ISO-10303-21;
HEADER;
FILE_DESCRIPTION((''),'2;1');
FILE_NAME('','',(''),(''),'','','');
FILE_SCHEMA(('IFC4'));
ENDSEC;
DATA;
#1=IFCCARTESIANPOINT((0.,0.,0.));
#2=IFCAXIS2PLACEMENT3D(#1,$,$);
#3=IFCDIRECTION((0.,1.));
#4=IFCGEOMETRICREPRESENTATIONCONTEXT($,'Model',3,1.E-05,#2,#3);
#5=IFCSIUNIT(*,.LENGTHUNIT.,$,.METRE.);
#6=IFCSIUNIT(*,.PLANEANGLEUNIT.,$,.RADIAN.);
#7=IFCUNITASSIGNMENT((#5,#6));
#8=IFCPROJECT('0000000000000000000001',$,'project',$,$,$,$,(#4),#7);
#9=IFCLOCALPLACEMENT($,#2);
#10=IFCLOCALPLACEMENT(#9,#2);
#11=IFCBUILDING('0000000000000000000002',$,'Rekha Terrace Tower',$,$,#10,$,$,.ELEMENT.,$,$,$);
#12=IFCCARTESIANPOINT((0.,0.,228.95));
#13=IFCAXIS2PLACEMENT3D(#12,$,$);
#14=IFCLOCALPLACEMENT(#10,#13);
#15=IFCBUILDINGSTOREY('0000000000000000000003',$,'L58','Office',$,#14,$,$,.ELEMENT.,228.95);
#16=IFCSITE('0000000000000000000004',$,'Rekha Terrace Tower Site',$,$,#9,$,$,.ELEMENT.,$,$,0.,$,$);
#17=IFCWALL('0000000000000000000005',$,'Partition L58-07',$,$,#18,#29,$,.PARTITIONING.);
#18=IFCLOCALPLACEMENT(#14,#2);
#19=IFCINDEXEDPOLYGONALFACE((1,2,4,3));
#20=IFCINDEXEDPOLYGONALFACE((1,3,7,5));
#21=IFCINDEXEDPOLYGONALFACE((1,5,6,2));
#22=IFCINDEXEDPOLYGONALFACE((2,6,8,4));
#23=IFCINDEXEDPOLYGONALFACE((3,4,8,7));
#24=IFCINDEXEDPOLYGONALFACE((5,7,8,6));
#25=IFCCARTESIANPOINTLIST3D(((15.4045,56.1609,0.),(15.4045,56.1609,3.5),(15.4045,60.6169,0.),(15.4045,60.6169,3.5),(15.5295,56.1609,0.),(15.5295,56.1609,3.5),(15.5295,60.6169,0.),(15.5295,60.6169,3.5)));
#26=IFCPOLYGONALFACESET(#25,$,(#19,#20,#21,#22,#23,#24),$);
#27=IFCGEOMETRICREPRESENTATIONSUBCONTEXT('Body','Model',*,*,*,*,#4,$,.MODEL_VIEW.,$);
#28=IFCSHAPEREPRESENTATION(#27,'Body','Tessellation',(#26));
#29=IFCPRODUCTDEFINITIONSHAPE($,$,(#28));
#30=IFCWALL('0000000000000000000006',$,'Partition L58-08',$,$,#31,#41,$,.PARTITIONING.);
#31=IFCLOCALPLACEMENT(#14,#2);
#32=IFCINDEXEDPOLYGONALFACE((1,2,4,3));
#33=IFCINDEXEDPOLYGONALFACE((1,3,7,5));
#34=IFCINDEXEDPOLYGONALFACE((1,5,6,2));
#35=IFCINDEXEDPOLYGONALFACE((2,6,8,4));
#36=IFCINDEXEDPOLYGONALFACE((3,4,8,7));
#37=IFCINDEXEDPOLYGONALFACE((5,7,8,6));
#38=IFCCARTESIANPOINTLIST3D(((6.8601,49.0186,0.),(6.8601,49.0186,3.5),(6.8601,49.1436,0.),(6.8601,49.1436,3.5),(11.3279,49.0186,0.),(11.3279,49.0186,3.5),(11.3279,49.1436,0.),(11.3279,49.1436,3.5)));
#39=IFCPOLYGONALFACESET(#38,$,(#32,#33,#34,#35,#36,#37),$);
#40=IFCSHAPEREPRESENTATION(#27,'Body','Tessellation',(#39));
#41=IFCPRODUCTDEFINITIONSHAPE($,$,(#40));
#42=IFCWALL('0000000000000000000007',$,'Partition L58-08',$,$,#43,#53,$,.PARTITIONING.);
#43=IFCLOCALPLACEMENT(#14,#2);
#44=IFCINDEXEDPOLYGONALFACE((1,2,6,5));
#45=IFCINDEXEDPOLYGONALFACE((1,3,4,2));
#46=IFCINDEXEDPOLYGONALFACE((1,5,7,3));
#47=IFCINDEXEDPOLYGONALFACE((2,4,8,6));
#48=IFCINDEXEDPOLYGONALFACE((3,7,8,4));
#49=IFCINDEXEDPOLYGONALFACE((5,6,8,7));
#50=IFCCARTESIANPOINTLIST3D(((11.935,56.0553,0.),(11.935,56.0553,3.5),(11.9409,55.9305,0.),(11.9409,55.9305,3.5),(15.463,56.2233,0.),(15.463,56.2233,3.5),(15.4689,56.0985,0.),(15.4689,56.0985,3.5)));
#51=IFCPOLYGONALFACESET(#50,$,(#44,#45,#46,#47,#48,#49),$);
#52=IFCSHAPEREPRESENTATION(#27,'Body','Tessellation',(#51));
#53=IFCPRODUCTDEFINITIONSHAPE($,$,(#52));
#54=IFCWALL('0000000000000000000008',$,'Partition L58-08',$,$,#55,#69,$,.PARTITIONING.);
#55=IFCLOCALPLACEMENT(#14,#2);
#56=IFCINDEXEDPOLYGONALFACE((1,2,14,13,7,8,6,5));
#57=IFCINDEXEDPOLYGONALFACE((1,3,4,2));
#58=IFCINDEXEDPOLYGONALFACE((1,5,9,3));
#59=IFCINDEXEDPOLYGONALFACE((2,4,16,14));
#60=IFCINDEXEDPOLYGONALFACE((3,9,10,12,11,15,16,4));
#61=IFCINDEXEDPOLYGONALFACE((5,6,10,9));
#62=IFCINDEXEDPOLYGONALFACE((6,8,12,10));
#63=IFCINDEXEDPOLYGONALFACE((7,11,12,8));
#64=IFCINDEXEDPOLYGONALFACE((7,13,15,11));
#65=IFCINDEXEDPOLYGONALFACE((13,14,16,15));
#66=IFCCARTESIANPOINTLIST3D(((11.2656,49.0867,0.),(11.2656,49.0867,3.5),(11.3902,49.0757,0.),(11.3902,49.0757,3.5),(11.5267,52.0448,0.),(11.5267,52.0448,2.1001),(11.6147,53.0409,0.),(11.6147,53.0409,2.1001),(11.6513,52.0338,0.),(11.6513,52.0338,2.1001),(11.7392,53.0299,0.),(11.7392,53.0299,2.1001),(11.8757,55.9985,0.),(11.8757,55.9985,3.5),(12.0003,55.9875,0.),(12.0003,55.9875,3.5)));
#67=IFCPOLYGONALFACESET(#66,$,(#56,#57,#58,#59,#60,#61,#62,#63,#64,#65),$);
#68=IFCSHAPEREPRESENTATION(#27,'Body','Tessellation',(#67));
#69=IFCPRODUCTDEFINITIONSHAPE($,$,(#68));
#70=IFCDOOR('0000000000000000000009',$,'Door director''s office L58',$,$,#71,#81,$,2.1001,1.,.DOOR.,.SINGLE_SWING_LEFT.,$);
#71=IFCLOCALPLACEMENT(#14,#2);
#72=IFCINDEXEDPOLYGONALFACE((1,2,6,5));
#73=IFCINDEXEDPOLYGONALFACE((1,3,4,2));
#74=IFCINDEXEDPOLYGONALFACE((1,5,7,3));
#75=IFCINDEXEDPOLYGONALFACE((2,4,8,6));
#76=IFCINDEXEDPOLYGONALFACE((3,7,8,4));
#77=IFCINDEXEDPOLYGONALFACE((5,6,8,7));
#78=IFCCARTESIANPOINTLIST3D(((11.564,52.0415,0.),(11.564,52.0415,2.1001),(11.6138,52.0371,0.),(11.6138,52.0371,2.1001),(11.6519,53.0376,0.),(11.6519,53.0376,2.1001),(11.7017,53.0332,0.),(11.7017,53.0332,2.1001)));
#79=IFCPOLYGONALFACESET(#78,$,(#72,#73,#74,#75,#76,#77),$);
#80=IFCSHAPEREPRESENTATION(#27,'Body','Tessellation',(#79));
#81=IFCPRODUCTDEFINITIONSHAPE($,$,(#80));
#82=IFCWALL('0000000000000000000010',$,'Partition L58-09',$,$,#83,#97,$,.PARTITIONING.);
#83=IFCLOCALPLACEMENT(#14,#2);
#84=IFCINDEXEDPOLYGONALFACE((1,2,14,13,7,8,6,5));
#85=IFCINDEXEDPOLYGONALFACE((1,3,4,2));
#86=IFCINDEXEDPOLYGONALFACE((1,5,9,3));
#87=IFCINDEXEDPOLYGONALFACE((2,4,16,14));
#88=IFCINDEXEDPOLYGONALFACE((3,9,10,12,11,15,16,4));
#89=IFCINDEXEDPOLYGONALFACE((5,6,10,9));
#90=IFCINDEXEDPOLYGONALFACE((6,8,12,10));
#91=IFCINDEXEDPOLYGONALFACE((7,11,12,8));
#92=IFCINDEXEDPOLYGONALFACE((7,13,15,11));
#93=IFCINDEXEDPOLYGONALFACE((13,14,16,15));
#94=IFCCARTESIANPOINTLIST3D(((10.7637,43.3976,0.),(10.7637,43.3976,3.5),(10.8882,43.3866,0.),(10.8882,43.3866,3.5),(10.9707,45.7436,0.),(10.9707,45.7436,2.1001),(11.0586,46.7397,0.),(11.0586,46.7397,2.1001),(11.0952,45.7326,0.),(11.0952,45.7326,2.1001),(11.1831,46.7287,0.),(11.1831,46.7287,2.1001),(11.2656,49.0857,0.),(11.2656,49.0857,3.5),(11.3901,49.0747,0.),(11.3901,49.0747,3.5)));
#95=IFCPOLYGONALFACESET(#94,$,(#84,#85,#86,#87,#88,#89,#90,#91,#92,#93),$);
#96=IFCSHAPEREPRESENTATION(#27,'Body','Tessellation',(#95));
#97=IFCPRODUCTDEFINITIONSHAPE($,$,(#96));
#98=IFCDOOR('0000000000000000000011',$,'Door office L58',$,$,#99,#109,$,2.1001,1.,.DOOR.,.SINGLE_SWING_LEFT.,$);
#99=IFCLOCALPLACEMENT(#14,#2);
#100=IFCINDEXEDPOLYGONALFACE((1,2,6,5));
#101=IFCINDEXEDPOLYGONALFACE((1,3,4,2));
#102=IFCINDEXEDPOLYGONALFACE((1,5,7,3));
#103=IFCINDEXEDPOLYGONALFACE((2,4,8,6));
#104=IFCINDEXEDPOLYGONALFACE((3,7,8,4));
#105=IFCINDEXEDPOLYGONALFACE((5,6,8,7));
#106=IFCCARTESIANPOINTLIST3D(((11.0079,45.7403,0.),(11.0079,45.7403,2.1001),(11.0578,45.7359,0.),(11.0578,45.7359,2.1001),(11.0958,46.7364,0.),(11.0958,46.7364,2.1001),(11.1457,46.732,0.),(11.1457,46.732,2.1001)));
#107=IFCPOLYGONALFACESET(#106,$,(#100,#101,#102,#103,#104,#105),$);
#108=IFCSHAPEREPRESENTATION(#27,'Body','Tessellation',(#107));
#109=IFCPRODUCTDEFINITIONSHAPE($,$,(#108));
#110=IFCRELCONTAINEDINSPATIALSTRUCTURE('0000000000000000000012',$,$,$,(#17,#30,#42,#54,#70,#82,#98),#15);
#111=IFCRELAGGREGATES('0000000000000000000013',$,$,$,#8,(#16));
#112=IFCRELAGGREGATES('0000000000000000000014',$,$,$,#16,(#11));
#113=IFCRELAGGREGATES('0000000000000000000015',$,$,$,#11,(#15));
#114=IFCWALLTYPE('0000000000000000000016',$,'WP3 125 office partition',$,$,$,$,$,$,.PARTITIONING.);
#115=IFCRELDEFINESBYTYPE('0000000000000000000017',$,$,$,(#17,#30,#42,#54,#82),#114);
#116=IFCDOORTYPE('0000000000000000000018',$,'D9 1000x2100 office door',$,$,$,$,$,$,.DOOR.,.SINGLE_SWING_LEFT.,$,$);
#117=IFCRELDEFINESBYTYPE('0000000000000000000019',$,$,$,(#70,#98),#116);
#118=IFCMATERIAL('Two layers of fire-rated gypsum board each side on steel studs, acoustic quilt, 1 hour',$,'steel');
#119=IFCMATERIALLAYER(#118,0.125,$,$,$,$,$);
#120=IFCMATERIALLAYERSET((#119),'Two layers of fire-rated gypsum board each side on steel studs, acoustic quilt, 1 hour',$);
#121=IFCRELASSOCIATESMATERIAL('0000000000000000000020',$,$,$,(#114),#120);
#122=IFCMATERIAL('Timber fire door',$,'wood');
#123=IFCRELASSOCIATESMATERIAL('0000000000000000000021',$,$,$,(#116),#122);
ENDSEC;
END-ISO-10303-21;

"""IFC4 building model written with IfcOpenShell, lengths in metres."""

from ifc_helpers import new_model, si_unit, direction, frame, frame_2d, origin, place, context, subcontext, project, spatial, rectangle, extrude, material, layer, layer_set, type_object, element, fill, save


model = new_model("IFC4")

# Units and contexts
model_context = context("Model", 3, precision=1e-05, world=origin(), true_north=direction((0.0, 1.0)))
body_context = subcontext(model_context, "Body", "Model", "MODEL_VIEW")
ifc_project = project(units=[si_unit("LENGTHUNIT", "METRE"), si_unit("PLANEANGLEUNIT", "RADIAN")], contexts=[model_context])

# Site, building, storey
site_placement = place(None, origin())
site = spatial("IfcSite", under=ifc_project, at=site_placement, Name="Rekha Terrace Tower Site", CompositionType="ELEMENT", RefElevation=0.0)
building_placement = place(site_placement, origin())
building = spatial("IfcBuilding", under=site, at=building_placement, Name="Rekha Terrace Tower", CompositionType="ELEMENT")
storey_placement = place(building_placement, frame((0.0, 0.0, 228.95)))
storey = spatial("IfcBuildingStorey", under=building, at=storey_placement, Name="L58", Description="Office", CompositionType="ELEMENT", Elevation=228.95)

# Walls
ifc_material_1 = material(Name="Two layers of fire-rated gypsum board each side on steel studs, acoustic quilt, 1 hour", Category="steel")
ifc_layer_1 = layer(ifc_material_1, 0.125)
ifc_layer_set_1 = layer_set([ifc_layer_1], Name="Two layers of fire-rated gypsum board each side on steel studs, acoustic quilt, 1 hour")
wall_type = type_object("IfcWallType", Name="WP3 125 office partition", PredefinedType="PARTITIONING", material=ifc_layer_set_1)
wall_1_placement = place(storey_placement, frame((15.467, 56.1609, 0.0), z_axis=(0.0, 0.0, 1.0), x_axis=(0.0, 1.0, 0.0)))
element("IfcWall", 1, at=wall_1_placement, inside=storey, type_object=wall_type, Name="Partition L58-07", PredefinedType="PARTITIONING", context=body_context, shape_type="SweptSolid", body=[
    extrude(rectangle(XDim=4.4561, YDim=0.125, at=frame_2d((2.228, 0.0))), origin(), (0.0, 0.0, 1.0), 3.5),
])
wall_2_placement = place(storey_placement, frame((11.3279, 49.0811, 0.0), z_axis=(0.0, 0.0, 1.0), x_axis=(-1.0, 0.0, 0.0)))
element("IfcWall", 2, at=wall_2_placement, inside=storey, type_object=wall_type, Name="Partition L58-08", PredefinedType="PARTITIONING", context=body_context, shape_type="SweptSolid", body=[
    extrude(rectangle(XDim=4.4678, YDim=0.125, at=frame_2d((2.2339, 0.0))), origin(), (0.0, 0.0, 1.0), 3.5),
])
wall_3_placement = place(storey_placement, frame((15.4661, 56.1609, 0.0), z_axis=(0.0, 0.0, 1.0), x_axis=(-0.998869, -0.047555, 0.0)))
element("IfcWall", 3, at=wall_3_placement, inside=storey, type_object=wall_type, Name="Partition L58-08", PredefinedType="PARTITIONING", context=body_context, shape_type="SweptSolid", body=[
    extrude(rectangle(XDim=3.532, YDim=0.125, at=frame_2d((1.7661, 0.0))), origin(), (0.0, 0.0, 1.0), 3.5),
])

# Walls, openings, doors
wall_4_placement = place(storey_placement, frame((11.938, 55.9929, 0.0), z_axis=(0.0, 0.0, 1.0), x_axis=(-0.087928, -0.996127, 0.0)))
wall_4 = element("IfcWall", 4, at=wall_4_placement, inside=storey, type_object=wall_type, Name="Partition L58-08", PredefinedType="PARTITIONING", context=body_context, shape_type="SweptSolid", body=[
    extrude(rectangle(XDim=6.9387, YDim=0.125, at=frame_2d((3.4692, 0.0))), origin(), (0.0, 0.0, 1.0), 3.5),
])
opening_1_placement = place(wall_4_placement, frame((2.969, 0.0, 0.0)))
opening_1 = element("IfcOpeningElement", 5, at=opening_1_placement, cuts=wall_4, PredefinedType="OPENING", context=body_context, shape_type="SweptSolid", body=[
    extrude(rectangle(XDim=1.0, YDim=2.1001, at=frame_2d((0.5, 1.05))), frame((0.0, 0.0725, 0.0), z_axis=(0.0, -1.0, 0.0), x_axis=(1.0, 0.0, 0.0)), (0.0, 0.0, 1.0), 0.145),
])
ifc_material_2 = material(Name="Timber fire door", Category="wood")
door_type = type_object("IfcDoorType", Name="D9 1000x2100 office door", OperationType="SINGLE_SWING_LEFT", PredefinedType="DOOR", material=ifc_material_2)
door_1_placement = place(opening_1_placement, origin())
door_1 = element("IfcDoor", 6, at=door_1_placement, inside=storey, type_object=door_type, Name="Door director's office L58", OperationType="SINGLE_SWING_LEFT", OverallHeight=2.1001, OverallWidth=1.0, PredefinedType="DOOR", context=body_context, shape_type="SweptSolid", body=[
    extrude(rectangle(XDim=1.0, YDim=2.1001, at=frame_2d((0.5, 1.05))), frame((0.0, 0.0249, 0.0), z_axis=(0.0, -1.0, 0.0), x_axis=(1.0, 0.0, 0.0)), (0.0, 0.0, 1.0), 0.05),
])
fill(opening_1, door_1)
wall_5_placement = place(storey_placement, frame((11.3279, 49.0801, 0.0), z_axis=(0.0, 0.0, 1.0), x_axis=(-0.087906, -0.996129, 0.0)))
wall_5 = element("IfcWall", 7, at=wall_5_placement, inside=storey, type_object=wall_type, Name="Partition L58-09", PredefinedType="PARTITIONING", context=body_context, shape_type="SweptSolid", body=[
    extrude(rectangle(XDim=5.7102, YDim=0.125, at=frame_2d((2.855, 0.0))), origin(), (0.0, 0.0, 1.0), 3.5),
])
opening_2_placement = place(wall_5_placement, frame((2.355, 0.0, 0.0)))
opening_2 = element("IfcOpeningElement", 8, at=opening_2_placement, cuts=wall_5, PredefinedType="OPENING", context=body_context, shape_type="SweptSolid", body=[
    extrude(rectangle(XDim=1.0, YDim=2.1001, at=frame_2d((0.5, 1.05))), frame((0.0, 0.0725, 0.0), z_axis=(0.0, -1.0, 0.0), x_axis=(1.0, 0.0, 0.0)), (0.0, 0.0, 1.0), 0.145),
])
door_2_placement = place(opening_2_placement, origin())
door_2 = element("IfcDoor", 9, at=door_2_placement, inside=storey, type_object=door_type, Name="Door office L58", OperationType="SINGLE_SWING_LEFT", OverallHeight=2.1001, OverallWidth=1.0, PredefinedType="DOOR", context=body_context, shape_type="SweptSolid", body=[
    extrude(rectangle(XDim=1.0, YDim=2.1001, at=frame_2d((0.5, 1.05))), frame((0.0, 0.0249, 0.0), z_axis=(0.0, -1.0, 0.0), x_axis=(1.0, 0.0, 0.0)), (0.0, 0.0, 1.0), 0.05),
])
fill(opening_2, door_2)

save(model, "model.ifc")
